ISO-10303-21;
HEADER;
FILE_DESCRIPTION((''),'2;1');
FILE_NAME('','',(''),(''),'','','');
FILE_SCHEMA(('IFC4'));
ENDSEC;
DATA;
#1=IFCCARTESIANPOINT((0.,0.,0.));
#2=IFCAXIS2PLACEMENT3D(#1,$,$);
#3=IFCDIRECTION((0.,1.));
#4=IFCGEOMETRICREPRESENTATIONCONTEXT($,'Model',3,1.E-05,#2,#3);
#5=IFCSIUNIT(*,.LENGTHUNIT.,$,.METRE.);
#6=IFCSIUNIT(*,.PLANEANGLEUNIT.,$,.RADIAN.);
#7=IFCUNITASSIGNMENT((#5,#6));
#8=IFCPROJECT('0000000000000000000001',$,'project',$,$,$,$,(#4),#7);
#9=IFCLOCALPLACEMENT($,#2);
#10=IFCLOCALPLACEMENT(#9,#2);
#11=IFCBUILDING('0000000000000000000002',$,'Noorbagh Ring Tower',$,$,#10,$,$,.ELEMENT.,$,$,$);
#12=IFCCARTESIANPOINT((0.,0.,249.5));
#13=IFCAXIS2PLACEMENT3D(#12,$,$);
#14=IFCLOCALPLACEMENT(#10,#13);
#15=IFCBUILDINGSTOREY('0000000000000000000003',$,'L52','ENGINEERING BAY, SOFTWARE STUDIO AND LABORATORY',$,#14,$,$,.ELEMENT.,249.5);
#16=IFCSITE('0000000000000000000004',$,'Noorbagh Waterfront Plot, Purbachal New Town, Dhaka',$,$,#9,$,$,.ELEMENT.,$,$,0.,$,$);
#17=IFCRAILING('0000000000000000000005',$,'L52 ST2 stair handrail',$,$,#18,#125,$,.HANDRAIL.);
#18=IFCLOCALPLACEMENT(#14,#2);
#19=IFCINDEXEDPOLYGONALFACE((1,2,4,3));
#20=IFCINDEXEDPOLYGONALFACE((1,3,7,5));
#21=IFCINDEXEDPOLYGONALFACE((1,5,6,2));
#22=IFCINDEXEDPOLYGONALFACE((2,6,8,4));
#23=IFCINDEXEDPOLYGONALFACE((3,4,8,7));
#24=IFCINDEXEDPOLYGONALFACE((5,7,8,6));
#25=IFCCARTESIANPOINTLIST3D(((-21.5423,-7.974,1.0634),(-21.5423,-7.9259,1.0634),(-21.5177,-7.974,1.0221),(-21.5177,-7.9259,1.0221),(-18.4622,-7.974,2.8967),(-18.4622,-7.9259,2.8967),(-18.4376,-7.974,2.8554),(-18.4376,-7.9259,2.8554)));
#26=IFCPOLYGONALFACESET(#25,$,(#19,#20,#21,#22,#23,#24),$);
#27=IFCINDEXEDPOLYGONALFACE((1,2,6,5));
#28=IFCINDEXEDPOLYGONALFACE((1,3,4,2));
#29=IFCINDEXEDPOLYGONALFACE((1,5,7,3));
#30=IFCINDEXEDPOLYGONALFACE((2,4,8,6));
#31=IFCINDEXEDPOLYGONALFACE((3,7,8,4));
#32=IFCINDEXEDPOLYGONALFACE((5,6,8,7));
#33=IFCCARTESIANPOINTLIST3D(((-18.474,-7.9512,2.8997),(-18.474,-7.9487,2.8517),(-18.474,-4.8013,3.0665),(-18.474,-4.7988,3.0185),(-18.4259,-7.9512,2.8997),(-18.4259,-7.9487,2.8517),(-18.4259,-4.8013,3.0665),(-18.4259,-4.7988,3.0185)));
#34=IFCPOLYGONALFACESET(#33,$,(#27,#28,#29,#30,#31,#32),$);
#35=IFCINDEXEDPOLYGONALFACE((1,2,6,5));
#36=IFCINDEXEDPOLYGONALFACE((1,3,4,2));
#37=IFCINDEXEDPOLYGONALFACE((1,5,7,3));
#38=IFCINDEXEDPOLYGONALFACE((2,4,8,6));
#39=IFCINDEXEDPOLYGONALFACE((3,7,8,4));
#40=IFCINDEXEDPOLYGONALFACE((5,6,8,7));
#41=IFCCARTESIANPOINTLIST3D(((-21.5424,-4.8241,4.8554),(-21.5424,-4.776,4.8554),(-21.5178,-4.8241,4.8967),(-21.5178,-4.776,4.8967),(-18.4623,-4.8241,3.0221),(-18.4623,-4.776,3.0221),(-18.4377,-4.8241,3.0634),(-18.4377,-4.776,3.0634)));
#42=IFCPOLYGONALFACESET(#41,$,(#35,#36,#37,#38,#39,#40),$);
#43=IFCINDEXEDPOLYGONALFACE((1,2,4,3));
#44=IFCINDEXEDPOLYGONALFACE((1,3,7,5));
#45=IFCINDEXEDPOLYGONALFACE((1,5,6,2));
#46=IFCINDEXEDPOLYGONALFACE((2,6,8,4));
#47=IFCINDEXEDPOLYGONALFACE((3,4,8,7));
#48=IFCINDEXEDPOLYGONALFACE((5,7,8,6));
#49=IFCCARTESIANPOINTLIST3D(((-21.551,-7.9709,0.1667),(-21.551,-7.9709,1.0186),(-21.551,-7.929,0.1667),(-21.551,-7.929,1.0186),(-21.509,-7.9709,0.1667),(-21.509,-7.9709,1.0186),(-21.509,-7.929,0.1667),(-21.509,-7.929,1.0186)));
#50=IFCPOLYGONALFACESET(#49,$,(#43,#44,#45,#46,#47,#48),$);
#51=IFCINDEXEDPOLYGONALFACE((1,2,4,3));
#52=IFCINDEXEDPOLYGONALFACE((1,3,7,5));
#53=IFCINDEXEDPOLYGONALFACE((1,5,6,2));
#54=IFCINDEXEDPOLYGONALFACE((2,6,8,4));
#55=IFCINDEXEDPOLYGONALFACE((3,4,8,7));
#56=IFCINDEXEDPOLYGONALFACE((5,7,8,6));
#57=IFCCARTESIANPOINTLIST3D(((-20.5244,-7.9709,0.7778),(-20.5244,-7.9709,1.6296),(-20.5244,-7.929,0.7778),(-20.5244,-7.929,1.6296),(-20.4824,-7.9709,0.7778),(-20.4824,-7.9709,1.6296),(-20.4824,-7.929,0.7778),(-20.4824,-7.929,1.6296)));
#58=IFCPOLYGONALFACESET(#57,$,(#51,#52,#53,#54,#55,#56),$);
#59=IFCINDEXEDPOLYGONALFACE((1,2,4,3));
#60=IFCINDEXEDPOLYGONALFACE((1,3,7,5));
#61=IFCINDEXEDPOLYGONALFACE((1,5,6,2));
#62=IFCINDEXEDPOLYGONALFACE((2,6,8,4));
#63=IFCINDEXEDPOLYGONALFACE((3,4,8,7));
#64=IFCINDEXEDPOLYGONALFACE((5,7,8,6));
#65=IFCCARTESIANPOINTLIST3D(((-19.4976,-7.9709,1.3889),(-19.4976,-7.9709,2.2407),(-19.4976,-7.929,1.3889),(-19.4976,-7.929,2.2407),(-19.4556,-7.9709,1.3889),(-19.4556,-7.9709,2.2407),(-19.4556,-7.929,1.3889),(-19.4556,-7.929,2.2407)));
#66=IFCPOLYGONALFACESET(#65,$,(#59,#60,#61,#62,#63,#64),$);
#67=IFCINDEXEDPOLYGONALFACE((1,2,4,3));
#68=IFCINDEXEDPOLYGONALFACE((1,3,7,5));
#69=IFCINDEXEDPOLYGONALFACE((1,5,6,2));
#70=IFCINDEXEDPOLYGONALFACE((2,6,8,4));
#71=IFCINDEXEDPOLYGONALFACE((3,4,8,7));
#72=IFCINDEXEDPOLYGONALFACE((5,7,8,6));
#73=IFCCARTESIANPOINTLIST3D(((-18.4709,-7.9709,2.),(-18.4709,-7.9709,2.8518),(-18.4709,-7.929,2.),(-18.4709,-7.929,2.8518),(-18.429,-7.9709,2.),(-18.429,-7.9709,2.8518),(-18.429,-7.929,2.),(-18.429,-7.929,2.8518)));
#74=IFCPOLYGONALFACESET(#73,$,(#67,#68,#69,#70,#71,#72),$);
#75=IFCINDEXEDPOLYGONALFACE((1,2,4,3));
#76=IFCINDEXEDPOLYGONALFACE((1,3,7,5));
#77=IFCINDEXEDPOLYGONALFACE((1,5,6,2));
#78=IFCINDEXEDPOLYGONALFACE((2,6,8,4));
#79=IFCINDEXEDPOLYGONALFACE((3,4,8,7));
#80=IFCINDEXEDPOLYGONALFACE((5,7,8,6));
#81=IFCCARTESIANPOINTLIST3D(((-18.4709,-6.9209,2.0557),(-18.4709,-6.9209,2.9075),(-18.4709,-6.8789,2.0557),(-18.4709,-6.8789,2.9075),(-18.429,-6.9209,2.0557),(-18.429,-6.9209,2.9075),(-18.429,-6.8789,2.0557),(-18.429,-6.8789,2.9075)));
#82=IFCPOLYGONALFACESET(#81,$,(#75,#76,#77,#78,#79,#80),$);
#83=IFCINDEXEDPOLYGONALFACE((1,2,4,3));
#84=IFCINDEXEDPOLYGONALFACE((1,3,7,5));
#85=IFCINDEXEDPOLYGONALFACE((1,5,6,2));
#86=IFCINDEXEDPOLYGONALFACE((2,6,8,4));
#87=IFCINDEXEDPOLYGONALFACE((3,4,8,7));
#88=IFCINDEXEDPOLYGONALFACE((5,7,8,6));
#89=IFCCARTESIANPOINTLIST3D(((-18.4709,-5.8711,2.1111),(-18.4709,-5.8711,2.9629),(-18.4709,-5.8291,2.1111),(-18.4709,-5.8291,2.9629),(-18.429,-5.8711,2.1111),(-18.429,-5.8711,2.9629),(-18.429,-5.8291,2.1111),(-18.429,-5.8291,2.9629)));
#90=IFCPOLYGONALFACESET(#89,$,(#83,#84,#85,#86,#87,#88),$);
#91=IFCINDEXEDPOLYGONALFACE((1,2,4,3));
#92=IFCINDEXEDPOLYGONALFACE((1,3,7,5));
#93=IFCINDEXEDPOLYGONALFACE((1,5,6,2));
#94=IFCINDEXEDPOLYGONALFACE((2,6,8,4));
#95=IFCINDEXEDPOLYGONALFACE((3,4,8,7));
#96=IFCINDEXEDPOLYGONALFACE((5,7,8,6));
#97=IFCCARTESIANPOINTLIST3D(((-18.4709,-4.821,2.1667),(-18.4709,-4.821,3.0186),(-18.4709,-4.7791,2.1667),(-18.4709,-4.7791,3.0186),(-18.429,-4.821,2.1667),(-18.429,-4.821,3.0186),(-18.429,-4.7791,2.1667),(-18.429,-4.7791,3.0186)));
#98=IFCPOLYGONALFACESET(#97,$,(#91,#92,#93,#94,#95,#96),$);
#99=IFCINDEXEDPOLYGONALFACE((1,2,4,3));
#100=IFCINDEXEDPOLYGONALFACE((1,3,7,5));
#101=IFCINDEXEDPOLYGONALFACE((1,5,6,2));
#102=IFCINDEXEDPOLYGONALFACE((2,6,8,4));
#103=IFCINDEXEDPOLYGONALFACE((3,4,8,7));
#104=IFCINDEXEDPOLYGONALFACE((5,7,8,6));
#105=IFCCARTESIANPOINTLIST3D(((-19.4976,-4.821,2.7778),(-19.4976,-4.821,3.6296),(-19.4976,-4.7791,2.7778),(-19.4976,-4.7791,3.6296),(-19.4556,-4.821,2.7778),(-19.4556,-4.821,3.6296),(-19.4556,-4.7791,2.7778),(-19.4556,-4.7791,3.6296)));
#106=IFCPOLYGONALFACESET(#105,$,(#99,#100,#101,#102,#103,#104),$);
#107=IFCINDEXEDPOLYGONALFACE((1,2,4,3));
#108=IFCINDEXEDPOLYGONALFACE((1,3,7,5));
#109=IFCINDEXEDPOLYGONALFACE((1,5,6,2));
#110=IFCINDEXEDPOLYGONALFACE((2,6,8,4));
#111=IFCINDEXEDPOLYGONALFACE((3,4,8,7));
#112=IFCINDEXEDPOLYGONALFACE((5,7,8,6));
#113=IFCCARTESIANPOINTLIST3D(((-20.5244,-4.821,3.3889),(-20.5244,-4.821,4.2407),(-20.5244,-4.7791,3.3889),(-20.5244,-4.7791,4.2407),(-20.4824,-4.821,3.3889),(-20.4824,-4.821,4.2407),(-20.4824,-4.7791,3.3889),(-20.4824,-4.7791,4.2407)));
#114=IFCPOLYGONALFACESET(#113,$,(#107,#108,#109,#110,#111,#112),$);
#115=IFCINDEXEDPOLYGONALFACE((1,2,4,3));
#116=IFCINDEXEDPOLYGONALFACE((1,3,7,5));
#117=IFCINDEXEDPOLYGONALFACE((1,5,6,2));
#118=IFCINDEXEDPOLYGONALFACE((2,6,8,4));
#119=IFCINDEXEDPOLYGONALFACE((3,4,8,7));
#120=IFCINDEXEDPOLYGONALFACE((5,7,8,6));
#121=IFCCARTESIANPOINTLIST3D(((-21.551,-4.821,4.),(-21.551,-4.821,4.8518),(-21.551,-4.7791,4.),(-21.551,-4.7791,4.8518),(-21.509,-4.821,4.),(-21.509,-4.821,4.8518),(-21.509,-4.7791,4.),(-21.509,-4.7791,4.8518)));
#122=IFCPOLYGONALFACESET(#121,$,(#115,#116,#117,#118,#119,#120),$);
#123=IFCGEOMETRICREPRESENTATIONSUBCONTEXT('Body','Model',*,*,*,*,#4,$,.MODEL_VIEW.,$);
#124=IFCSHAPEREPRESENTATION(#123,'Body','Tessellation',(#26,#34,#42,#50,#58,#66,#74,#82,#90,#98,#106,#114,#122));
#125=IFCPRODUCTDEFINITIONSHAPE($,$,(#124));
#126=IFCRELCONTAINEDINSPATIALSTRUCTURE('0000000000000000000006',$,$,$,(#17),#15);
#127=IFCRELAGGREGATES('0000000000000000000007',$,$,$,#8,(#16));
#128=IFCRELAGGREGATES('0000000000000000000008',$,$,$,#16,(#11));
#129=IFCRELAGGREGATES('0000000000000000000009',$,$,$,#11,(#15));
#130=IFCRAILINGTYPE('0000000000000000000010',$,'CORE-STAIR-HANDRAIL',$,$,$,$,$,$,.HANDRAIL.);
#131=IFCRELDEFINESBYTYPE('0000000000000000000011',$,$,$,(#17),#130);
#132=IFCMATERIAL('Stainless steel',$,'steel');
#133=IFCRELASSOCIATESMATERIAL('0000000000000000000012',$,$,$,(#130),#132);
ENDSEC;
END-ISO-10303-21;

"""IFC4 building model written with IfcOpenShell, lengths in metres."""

from ifc_helpers import new_model, si_unit, direction, frame, origin, origin_2d, place, context, subcontext, project, spatial, rectangle, extrude, material, type_object, element, save


model = new_model("IFC4")

# Units and contexts
model_context = context("Model", 3, precision=1e-05, world=origin(), true_north=direction((0.0, 1.0)))
body_context = subcontext(model_context, "Body", "Model", "MODEL_VIEW")
ifc_project = project(units=[si_unit("LENGTHUNIT", "METRE"), si_unit("PLANEANGLEUNIT", "RADIAN")], contexts=[model_context])

# Site, building, storey
site_placement = place(None, origin())
site = spatial("IfcSite", under=ifc_project, at=site_placement, Name="Noorbagh Waterfront Plot, Purbachal New Town, Dhaka", CompositionType="ELEMENT", RefElevation=0.0)
building_placement = place(site_placement, origin())
building = spatial("IfcBuilding", under=site, at=building_placement, Name="Noorbagh Ring Tower", CompositionType="ELEMENT")
storey_placement = place(building_placement, frame((0.0, 0.0, 249.5)))
storey = spatial("IfcBuildingStorey", under=building, at=storey_placement, Name="L52", Description="ENGINEERING BAY, SOFTWARE STUDIO AND LABORATORY", CompositionType="ELEMENT", Elevation=249.5)

# Railing
ifc_material_1 = material(Name="Stainless steel", Category="steel")
railing_type_1 = type_object("IfcRailingType", Name="CORE-STAIR-HANDRAIL", PredefinedType="HANDRAIL", material=ifc_material_1)
railing_1_placement = place(storey_placement, frame((-21.53, -7.95, 0.1667)))
element("IfcRailing", 1, at=railing_1_placement, inside=storey, type_object=railing_type_1, Name="L52 ST2 stair handrail", PredefinedType="HANDRAIL", context=body_context, shape_type="SweptSolid", body=[
    extrude(rectangle(XDim=0.0481, YDim=0.0481, at=origin_2d()), frame((0.0, 0.0, 0.876), z_axis=(0.859309, 0.0, 0.511458), x_axis=(0.0, 1.0, 0.0)), (0.0, 0.0, 1.0), 3.5845),
    extrude(rectangle(XDim=0.0481, YDim=0.0481, at=origin_2d()), frame((3.0801, 0.0, 2.709), z_axis=(0.0, 0.998602, 0.052864), x_axis=(-1.0, 0.0, 0.0)), (0.0, 0.0, 1.0), 3.1543),
    extrude(rectangle(XDim=0.0481, YDim=0.0481, at=origin_2d()), frame((3.0801, 3.1499, 2.876), z_axis=(-0.859309, 0.0, 0.511458), x_axis=(0.0, -1.0, 0.0)), (0.0, 0.0, 1.0), 3.5845),
    extrude(rectangle(XDim=0.042, YDim=0.042, at=origin_2d()), origin(), (0.0, 0.0, 1.0), 0.8518),
    extrude(rectangle(XDim=0.042, YDim=0.042, at=origin_2d()), frame((1.0266, 0.0, 0.6111)), (0.0, 0.0, 1.0), 0.8518),
    extrude(rectangle(XDim=0.042, YDim=0.042, at=origin_2d()), frame((2.0535, 0.0, 1.2222)), (0.0, 0.0, 1.0), 0.8518),
    extrude(rectangle(XDim=0.042, YDim=0.042, at=origin_2d()), frame((3.0801, 0.0, 1.8333)), (0.0, 0.0, 1.0), 0.8518),
    extrude(rectangle(XDim=0.042, YDim=0.042, at=origin_2d()), frame((3.0801, 1.05, 1.8889)), (0.0, 0.0, 1.0), 0.8518),
    extrude(rectangle(XDim=0.042, YDim=0.042, at=origin_2d()), frame((3.0801, 2.0999, 1.9443)), (0.0, 0.0, 1.0), 0.8518),
    extrude(rectangle(XDim=0.042, YDim=0.042, at=origin_2d()), frame((3.0801, 3.1499, 2.0)), (0.0, 0.0, 1.0), 0.8518),
    extrude(rectangle(XDim=0.042, YDim=0.042, at=origin_2d()), frame((2.0535, 3.1499, 2.6111)), (0.0, 0.0, 1.0), 0.8518),
    extrude(rectangle(XDim=0.042, YDim=0.042, at=origin_2d()), frame((1.0266, 3.1499, 3.2222)), (0.0, 0.0, 1.0), 0.8518),
    extrude(rectangle(XDim=0.042, YDim=0.042, at=origin_2d()), frame((0.0, 3.1499, 3.8333)), (0.0, 0.0, 1.0), 0.8518),
])

save(model, "model.ifc")
